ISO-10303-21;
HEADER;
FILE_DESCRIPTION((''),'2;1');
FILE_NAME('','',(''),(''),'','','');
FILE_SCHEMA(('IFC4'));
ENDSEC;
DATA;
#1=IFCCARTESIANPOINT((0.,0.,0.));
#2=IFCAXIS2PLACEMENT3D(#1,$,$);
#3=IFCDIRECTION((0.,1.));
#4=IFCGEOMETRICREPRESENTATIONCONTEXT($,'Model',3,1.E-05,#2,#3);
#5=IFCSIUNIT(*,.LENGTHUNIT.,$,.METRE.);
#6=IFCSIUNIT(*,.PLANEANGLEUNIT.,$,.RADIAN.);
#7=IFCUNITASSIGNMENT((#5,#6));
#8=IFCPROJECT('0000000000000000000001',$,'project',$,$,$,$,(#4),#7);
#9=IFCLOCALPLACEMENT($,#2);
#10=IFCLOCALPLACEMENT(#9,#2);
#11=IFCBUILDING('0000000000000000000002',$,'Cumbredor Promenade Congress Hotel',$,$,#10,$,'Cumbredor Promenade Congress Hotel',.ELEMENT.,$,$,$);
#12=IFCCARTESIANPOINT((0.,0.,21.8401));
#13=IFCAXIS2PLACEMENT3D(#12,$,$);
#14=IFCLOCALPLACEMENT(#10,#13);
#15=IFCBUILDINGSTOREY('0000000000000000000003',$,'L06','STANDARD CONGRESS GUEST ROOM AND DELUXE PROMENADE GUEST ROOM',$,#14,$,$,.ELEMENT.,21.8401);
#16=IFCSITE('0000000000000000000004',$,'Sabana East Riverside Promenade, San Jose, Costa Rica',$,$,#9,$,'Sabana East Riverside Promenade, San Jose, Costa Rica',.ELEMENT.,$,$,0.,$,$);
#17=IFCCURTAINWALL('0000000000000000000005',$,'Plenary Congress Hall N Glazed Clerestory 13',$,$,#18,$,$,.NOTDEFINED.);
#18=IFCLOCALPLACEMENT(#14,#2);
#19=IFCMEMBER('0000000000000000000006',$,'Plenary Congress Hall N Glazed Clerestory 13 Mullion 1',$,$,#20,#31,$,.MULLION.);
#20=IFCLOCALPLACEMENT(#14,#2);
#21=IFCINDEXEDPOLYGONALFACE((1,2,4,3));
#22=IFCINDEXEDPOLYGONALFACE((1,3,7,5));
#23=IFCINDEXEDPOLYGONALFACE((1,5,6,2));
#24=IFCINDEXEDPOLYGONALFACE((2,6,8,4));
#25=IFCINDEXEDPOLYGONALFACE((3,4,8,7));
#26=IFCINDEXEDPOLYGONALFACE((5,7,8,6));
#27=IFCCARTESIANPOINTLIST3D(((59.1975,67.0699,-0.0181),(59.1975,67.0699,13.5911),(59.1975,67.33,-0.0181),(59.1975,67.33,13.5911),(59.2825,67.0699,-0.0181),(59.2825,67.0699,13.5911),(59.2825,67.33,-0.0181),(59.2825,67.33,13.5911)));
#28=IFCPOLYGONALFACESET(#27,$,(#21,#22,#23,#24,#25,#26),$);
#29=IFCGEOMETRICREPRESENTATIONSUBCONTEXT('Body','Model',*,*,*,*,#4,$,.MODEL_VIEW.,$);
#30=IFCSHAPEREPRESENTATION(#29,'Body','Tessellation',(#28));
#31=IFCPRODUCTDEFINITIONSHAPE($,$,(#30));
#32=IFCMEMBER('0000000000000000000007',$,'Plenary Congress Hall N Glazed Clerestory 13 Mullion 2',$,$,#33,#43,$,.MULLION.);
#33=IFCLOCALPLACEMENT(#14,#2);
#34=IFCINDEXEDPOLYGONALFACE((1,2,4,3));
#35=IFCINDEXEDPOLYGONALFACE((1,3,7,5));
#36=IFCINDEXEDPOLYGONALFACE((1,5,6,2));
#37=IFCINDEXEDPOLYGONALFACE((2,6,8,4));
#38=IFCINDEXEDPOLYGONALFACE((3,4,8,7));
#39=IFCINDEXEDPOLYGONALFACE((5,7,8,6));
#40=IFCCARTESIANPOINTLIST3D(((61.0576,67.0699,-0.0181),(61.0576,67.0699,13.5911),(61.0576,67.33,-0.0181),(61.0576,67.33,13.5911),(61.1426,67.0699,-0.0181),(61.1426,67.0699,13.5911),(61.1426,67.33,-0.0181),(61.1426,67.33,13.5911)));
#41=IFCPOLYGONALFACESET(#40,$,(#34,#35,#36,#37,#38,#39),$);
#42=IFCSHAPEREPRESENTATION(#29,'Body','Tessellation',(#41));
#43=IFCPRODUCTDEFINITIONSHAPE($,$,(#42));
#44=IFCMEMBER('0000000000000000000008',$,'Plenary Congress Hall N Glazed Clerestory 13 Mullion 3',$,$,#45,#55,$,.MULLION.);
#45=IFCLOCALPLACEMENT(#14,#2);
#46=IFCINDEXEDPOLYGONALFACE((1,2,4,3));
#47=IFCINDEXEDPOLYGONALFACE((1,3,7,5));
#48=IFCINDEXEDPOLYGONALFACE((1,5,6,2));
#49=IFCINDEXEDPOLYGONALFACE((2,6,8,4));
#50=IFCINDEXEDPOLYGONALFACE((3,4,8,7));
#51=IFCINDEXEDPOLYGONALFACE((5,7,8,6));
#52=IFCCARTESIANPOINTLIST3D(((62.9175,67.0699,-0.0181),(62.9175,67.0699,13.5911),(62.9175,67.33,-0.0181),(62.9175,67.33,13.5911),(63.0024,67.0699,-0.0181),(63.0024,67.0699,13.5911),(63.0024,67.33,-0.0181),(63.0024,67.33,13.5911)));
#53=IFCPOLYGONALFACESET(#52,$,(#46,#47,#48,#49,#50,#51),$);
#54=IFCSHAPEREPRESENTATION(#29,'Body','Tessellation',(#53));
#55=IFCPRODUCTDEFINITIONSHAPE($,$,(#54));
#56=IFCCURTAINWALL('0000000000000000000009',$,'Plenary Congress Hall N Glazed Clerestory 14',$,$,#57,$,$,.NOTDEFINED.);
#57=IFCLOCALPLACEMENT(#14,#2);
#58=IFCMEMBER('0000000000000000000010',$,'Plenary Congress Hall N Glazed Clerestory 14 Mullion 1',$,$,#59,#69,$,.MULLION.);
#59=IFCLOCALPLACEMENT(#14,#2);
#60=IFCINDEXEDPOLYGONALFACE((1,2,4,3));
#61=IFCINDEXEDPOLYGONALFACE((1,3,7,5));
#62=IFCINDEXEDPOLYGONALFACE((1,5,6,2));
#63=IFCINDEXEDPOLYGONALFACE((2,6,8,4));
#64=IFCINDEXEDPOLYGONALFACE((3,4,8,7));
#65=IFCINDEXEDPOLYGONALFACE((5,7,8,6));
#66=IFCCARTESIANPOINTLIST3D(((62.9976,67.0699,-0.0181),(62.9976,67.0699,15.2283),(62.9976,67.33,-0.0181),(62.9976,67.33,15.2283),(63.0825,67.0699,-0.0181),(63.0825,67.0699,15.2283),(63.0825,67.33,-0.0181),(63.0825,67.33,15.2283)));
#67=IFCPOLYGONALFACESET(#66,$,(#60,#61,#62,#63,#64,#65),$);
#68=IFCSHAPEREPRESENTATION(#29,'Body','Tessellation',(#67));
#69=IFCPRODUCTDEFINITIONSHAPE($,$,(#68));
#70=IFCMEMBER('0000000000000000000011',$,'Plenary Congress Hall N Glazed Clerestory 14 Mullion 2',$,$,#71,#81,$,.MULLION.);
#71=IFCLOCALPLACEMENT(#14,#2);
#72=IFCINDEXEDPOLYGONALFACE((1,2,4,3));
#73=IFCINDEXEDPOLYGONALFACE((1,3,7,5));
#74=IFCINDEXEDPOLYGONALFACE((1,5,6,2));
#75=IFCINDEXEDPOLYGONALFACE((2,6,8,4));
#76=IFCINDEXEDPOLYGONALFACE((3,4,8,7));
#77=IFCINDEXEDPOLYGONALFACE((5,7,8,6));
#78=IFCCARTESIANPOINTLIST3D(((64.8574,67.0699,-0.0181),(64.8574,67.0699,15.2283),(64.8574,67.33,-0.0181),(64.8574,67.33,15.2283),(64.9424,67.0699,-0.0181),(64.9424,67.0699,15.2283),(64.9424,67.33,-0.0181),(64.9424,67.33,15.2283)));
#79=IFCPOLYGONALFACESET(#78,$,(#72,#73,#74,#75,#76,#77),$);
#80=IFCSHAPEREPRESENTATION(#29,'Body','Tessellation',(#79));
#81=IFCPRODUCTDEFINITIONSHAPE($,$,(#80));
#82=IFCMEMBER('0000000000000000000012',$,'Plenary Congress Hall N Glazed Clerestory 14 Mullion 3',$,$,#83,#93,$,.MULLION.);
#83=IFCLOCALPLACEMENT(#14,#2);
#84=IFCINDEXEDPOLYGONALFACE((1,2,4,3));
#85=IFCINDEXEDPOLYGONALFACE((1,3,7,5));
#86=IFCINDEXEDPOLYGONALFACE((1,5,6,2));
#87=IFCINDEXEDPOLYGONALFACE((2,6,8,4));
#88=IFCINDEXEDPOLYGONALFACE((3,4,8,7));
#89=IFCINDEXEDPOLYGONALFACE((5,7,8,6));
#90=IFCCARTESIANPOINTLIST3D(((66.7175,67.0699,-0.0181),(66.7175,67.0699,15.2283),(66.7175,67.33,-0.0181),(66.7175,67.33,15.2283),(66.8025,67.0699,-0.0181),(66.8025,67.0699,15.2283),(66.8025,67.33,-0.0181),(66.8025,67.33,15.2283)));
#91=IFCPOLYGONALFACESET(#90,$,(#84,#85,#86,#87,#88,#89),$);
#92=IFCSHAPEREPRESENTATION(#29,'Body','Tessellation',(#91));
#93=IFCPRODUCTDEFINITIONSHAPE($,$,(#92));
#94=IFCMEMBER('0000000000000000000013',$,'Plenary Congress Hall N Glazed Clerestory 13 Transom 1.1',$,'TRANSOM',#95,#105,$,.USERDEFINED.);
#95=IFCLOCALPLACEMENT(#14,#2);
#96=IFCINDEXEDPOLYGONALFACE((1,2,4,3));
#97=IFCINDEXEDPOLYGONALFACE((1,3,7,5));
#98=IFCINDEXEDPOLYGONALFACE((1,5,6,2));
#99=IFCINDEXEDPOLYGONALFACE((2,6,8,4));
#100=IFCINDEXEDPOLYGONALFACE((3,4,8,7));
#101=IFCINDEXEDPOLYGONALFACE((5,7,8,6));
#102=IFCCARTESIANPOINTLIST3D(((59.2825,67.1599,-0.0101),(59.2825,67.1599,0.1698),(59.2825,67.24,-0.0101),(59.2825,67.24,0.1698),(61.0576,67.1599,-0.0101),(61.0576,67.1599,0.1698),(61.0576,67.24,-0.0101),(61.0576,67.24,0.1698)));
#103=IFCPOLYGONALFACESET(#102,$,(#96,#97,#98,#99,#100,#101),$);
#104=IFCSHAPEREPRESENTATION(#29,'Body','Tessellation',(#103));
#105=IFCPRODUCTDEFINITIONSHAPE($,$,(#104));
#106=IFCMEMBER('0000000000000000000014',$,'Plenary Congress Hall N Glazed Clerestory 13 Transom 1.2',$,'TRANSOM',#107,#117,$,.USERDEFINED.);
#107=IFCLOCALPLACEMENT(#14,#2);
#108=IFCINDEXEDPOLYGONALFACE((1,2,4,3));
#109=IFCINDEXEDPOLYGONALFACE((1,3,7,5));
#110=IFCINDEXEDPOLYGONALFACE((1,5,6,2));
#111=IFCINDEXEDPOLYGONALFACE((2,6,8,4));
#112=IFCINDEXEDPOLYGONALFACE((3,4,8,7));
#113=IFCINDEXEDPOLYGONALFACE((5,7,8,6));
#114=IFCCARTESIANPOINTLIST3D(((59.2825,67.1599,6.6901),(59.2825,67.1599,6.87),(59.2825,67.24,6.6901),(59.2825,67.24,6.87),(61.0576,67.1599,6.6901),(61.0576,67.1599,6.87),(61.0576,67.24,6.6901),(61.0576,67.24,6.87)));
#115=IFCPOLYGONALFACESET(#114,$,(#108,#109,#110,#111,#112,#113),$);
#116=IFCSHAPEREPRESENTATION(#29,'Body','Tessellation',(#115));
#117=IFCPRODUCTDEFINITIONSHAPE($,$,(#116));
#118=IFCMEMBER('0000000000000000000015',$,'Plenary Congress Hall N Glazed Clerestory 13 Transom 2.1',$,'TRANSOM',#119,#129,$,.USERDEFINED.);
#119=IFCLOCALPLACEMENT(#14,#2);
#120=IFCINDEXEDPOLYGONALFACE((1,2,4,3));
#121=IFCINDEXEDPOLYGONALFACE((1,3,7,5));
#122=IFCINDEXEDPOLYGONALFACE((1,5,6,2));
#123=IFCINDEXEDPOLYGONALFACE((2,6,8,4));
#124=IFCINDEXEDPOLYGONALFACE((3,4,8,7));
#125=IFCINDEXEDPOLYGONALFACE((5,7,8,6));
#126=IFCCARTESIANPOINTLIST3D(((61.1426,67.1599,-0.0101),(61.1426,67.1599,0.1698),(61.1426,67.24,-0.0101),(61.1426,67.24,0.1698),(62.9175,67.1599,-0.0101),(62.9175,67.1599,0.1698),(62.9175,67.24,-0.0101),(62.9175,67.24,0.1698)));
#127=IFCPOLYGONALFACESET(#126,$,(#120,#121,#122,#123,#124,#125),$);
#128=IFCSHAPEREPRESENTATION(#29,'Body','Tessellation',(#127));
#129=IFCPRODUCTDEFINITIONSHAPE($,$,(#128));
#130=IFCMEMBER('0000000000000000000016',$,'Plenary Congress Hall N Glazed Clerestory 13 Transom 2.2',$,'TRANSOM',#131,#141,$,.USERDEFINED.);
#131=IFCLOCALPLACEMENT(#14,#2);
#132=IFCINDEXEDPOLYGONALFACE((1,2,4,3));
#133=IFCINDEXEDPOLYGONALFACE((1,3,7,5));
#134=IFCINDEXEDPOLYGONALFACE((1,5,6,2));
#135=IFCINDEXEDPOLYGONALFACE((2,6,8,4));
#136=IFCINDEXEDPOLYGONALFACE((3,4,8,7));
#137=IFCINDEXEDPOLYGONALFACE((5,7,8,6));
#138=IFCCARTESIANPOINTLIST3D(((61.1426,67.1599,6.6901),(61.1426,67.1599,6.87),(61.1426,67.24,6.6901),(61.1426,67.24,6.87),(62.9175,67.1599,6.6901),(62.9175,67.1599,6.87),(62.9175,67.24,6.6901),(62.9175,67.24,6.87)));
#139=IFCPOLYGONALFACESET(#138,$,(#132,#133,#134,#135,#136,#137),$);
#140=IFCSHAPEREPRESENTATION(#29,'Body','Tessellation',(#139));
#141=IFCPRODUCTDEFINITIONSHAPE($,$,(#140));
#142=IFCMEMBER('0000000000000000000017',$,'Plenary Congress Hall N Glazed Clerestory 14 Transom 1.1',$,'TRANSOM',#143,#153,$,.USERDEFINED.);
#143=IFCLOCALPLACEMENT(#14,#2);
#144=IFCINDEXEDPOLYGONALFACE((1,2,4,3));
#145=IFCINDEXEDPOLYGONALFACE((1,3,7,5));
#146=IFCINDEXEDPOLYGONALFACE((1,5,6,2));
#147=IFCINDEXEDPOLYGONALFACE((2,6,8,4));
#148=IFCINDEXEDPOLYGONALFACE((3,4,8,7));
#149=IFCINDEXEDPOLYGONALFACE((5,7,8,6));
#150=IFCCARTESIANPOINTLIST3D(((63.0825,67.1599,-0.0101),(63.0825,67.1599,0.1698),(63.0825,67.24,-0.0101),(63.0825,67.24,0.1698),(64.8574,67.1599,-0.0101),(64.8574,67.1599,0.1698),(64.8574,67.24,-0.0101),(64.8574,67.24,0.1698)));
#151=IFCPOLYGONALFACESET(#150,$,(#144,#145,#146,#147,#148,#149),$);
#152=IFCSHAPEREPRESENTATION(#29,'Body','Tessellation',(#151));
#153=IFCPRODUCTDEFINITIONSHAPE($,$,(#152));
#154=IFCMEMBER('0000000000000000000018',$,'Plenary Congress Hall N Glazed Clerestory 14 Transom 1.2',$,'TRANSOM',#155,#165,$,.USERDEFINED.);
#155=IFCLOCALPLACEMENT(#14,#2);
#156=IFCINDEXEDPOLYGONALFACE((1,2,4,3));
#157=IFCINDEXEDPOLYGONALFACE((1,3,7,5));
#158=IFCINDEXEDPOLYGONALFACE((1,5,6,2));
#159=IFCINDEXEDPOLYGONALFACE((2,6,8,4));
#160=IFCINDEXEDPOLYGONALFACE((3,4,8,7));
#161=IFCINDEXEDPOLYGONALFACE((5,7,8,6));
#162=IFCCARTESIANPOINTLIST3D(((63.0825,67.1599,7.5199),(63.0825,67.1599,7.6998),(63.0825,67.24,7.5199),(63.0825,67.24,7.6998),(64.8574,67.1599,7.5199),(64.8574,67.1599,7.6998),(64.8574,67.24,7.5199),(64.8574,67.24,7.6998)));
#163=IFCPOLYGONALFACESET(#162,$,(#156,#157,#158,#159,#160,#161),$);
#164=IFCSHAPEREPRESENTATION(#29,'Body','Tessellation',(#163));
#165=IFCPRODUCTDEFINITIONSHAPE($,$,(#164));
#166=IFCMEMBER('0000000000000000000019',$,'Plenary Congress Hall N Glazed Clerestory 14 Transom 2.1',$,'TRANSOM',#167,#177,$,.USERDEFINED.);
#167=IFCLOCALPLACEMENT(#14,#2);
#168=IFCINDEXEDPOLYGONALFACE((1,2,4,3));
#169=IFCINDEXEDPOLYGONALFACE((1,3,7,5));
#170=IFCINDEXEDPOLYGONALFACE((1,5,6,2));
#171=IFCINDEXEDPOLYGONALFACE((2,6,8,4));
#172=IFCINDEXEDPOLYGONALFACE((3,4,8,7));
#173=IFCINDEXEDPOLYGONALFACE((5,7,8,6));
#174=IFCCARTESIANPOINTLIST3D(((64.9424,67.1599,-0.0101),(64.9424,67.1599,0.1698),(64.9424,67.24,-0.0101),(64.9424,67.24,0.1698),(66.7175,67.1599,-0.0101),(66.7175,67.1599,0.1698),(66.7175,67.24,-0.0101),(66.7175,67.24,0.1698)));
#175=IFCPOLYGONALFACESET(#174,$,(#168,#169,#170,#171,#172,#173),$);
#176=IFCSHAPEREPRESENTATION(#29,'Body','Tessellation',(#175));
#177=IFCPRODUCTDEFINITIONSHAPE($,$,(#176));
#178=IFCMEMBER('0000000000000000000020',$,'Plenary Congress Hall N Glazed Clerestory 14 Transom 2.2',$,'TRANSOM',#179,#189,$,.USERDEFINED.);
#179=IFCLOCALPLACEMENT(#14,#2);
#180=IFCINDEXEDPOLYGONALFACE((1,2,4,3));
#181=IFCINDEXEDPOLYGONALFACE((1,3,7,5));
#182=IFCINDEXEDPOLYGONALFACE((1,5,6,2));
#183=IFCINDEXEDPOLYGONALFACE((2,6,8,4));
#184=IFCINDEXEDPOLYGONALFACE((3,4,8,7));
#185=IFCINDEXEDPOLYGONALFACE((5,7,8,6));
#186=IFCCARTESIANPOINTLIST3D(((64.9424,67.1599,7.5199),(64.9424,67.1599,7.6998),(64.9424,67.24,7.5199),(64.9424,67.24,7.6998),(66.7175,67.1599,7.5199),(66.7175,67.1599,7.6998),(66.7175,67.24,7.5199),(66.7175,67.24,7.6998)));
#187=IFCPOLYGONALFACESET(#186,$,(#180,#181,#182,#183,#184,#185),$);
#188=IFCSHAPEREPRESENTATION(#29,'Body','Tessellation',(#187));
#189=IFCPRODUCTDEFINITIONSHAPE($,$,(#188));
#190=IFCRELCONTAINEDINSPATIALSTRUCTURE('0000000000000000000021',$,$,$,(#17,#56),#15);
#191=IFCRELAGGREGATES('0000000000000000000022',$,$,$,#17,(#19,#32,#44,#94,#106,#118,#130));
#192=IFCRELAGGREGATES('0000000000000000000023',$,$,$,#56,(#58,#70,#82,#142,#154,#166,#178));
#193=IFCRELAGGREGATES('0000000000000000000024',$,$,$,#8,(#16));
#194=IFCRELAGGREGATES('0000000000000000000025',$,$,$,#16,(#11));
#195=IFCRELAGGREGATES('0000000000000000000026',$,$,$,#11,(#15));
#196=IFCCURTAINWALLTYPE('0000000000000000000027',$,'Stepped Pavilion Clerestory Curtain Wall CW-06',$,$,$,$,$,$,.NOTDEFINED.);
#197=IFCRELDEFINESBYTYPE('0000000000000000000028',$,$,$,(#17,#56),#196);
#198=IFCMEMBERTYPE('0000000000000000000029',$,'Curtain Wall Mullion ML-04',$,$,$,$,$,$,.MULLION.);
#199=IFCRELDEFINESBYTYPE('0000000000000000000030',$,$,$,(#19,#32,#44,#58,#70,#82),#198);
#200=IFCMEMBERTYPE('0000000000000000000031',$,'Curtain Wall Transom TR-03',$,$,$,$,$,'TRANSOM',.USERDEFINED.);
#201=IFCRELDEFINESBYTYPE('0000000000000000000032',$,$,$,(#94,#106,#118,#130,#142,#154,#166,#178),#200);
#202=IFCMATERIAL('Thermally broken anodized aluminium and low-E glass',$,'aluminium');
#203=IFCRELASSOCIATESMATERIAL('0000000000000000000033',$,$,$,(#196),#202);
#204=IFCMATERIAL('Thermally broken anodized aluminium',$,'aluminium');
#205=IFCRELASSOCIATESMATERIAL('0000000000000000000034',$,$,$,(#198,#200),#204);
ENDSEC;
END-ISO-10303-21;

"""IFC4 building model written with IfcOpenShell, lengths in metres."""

from ifc_helpers import new_model, si_unit, direction, frame, origin, origin_2d, place, context, subcontext, project, spatial, rectangle, extrude, material, material_profile, profile_set, type_object, element, aggregate, save


model = new_model("IFC4")

# Units and contexts
model_context = context("Model", 3, precision=1e-05, world=origin(), true_north=direction((0.0, 1.0)))
body_context = subcontext(model_context, "Body", "Model", "MODEL_VIEW")
ifc_project = project(units=[si_unit("LENGTHUNIT", "METRE"), si_unit("PLANEANGLEUNIT", "RADIAN")], contexts=[model_context])

# Site, building, storey
site_placement = place(None, origin())
site = spatial("IfcSite", under=ifc_project, at=site_placement, Name="Sabana East Riverside Promenade, San Jose, Costa Rica", LongName="Sabana East Riverside Promenade, San Jose, Costa Rica", CompositionType="ELEMENT", RefElevation=0.0)
building_placement = place(site_placement, origin())
building = spatial("IfcBuilding", under=site, at=building_placement, Name="Cumbredor Promenade Congress Hotel", LongName="Cumbredor Promenade Congress Hotel", CompositionType="ELEMENT")
storey_placement = place(building_placement, frame((0.0, 0.0, 21.8401)))
storey = spatial("IfcBuildingStorey", under=building, at=storey_placement, Name="L06", Description="STANDARD CONGRESS GUEST ROOM AND DELUXE PROMENADE GUEST ROOM", CompositionType="ELEMENT", Elevation=21.8401)

# Curtain walls, members
ifc_material_1 = material(Name="Thermally broken anodized aluminium and low-E glass", Category="aluminium")
curtain_wall_type = type_object("IfcCurtainWallType", Name="Stepped Pavilion Clerestory Curtain Wall CW-06", PredefinedType="NOTDEFINED", material=ifc_material_1)
curtain_wall_1_placement = place(storey_placement, origin())
curtain_wall_1 = element("IfcCurtainWall", 1, at=curtain_wall_1_placement, inside=storey, type_object=curtain_wall_type, Name="Plenary Congress Hall N Glazed Clerestory 13", PredefinedType="NOTDEFINED")
ifc_material_2 = material(Name="Thermally broken anodized aluminium", Category="aluminium")
ifc_material_profile_1 = material_profile(ifc_material_2, rectangle(XDim=0.085, YDim=0.26, at=origin_2d()), Name="ALU MULLION CLERESTORY 85x260")
ifc_profile_set_1 = profile_set([ifc_material_profile_1], Name="Thermally broken anodized aluminium")
member_type_1 = type_object("IfcMemberType", Name="Curtain Wall Mullion ML-04", PredefinedType="MULLION", material=ifc_profile_set_1)
member_1_placement = place(storey_placement, frame((59.24, 67.2, -0.0181), z_axis=(0.0, 0.0, 1.0), x_axis=(1.0, 0.0, 0.0)))
member_1 = element("IfcMember", 2, at=member_1_placement, type_object=member_type_1, Name="Plenary Congress Hall N Glazed Clerestory 13 Mullion 1", PredefinedType="MULLION", context=body_context, shape_type="SweptSolid", body=[
    extrude(rectangle(XDim=0.085, YDim=0.26, at=origin_2d()), origin(), (0.0, 0.0, 1.0), 13.6091),
])
member_2_placement = place(storey_placement, frame((61.1001, 67.2, -0.0181), z_axis=(0.0, 0.0, 1.0), x_axis=(1.0, 0.0, 0.0)))
member_2 = element("IfcMember", 3, at=member_2_placement, type_object=member_type_1, Name="Plenary Congress Hall N Glazed Clerestory 13 Mullion 2", PredefinedType="MULLION", context=body_context, shape_type="SweptSolid", body=[
    extrude(rectangle(XDim=0.085, YDim=0.26, at=origin_2d()), origin(), (0.0, 0.0, 1.0), 13.6091),
])
member_3_placement = place(storey_placement, frame((62.96, 67.2, -0.0181), z_axis=(0.0, 0.0, 1.0), x_axis=(1.0, 0.0, 0.0)))
member_3 = element("IfcMember", 4, at=member_3_placement, type_object=member_type_1, Name="Plenary Congress Hall N Glazed Clerestory 13 Mullion 3", PredefinedType="MULLION", context=body_context, shape_type="SweptSolid", body=[
    extrude(rectangle(XDim=0.085, YDim=0.26, at=origin_2d()), origin(), (0.0, 0.0, 1.0), 13.6091),
])
curtain_wall_2_placement = place(storey_placement, origin())
curtain_wall_2 = element("IfcCurtainWall", 5, at=curtain_wall_2_placement, inside=storey, type_object=curtain_wall_type, Name="Plenary Congress Hall N Glazed Clerestory 14", PredefinedType="NOTDEFINED")
member_4_placement = place(storey_placement, frame((63.04, 67.2, -0.0181), z_axis=(0.0, 0.0, 1.0), x_axis=(1.0, 0.0, 0.0)))
member_4 = element("IfcMember", 6, at=member_4_placement, type_object=member_type_1, Name="Plenary Congress Hall N Glazed Clerestory 14 Mullion 1", PredefinedType="MULLION", context=body_context, shape_type="SweptSolid", body=[
    extrude(rectangle(XDim=0.085, YDim=0.26, at=origin_2d()), origin(), (0.0, 0.0, 1.0), 15.2463),
])
member_5_placement = place(storey_placement, frame((64.8999, 67.2, -0.0181), z_axis=(0.0, 0.0, 1.0), x_axis=(1.0, 0.0, 0.0)))
member_5 = element("IfcMember", 7, at=member_5_placement, type_object=member_type_1, Name="Plenary Congress Hall N Glazed Clerestory 14 Mullion 2", PredefinedType="MULLION", context=body_context, shape_type="SweptSolid", body=[
    extrude(rectangle(XDim=0.085, YDim=0.26, at=origin_2d()), origin(), (0.0, 0.0, 1.0), 15.2463),
])
member_6_placement = place(storey_placement, frame((66.76, 67.2, -0.0181), z_axis=(0.0, 0.0, 1.0), x_axis=(1.0, 0.0, 0.0)))
member_6 = element("IfcMember", 8, at=member_6_placement, type_object=member_type_1, Name="Plenary Congress Hall N Glazed Clerestory 14 Mullion 3", PredefinedType="MULLION", context=body_context, shape_type="SweptSolid", body=[
    extrude(rectangle(XDim=0.085, YDim=0.26, at=origin_2d()), origin(), (0.0, 0.0, 1.0), 15.2463),
])

# Members
ifc_material_profile_2 = material_profile(ifc_material_2, rectangle(XDim=0.0801, YDim=0.1799, at=origin_2d()), Name="ALU TRANSOM 80x180")
ifc_profile_set_2 = profile_set([ifc_material_profile_2], Name="Thermally broken anodized aluminium")
member_type_2 = type_object("IfcMemberType", Name="Curtain Wall Transom TR-03", ElementType="TRANSOM", PredefinedType="USERDEFINED", material=ifc_profile_set_2)
member_7_placement = place(storey_placement, frame((59.2825, 67.2, 0.0798), z_axis=(1.0, 0.0, 0.0), x_axis=(0.0, 1.0, 0.0)))
member_7 = element("IfcMember", 9, at=member_7_placement, type_object=member_type_2, Name="Plenary Congress Hall N Glazed Clerestory 13 Transom 1.1", ObjectType="TRANSOM", PredefinedType="USERDEFINED", context=body_context, shape_type="SweptSolid", body=[
    extrude(rectangle(XDim=0.0801, YDim=0.1799, at=origin_2d()), origin(), (0.0, 0.0, 1.0), 1.7751),
])
member_8_placement = place(storey_placement, frame((59.2825, 67.2, 6.78), z_axis=(1.0, 0.0, 0.0), x_axis=(0.0, 1.0, 0.0)))
member_8 = element("IfcMember", 10, at=member_8_placement, type_object=member_type_2, Name="Plenary Congress Hall N Glazed Clerestory 13 Transom 1.2", ObjectType="TRANSOM", PredefinedType="USERDEFINED", context=body_context, shape_type="SweptSolid", body=[
    extrude(rectangle(XDim=0.0801, YDim=0.1799, at=origin_2d()), origin(), (0.0, 0.0, 1.0), 1.7751),
])
member_9_placement = place(storey_placement, frame((61.1426, 67.2, 0.0798), z_axis=(1.0, 0.0, 0.0), x_axis=(0.0, 1.0, 0.0)))
member_9 = element("IfcMember", 11, at=member_9_placement, type_object=member_type_2, Name="Plenary Congress Hall N Glazed Clerestory 13 Transom 2.1", ObjectType="TRANSOM", PredefinedType="USERDEFINED", context=body_context, shape_type="SweptSolid", body=[
    extrude(rectangle(XDim=0.0801, YDim=0.1799, at=origin_2d()), origin(), (0.0, 0.0, 1.0), 1.7749),
])
member_10_placement = place(storey_placement, frame((61.1426, 67.2, 6.78), z_axis=(1.0, 0.0, 0.0), x_axis=(0.0, 1.0, 0.0)))
member_10 = element("IfcMember", 12, at=member_10_placement, type_object=member_type_2, Name="Plenary Congress Hall N Glazed Clerestory 13 Transom 2.2", ObjectType="TRANSOM", PredefinedType="USERDEFINED", context=body_context, shape_type="SweptSolid", body=[
    extrude(rectangle(XDim=0.0801, YDim=0.1799, at=origin_2d()), origin(), (0.0, 0.0, 1.0), 1.7749),
])
member_11_placement = place(storey_placement, frame((63.0825, 67.2, 0.0798), z_axis=(1.0, 0.0, 0.0), x_axis=(0.0, 1.0, 0.0)))
member_11 = element("IfcMember", 13, at=member_11_placement, type_object=member_type_2, Name="Plenary Congress Hall N Glazed Clerestory 14 Transom 1.1", ObjectType="TRANSOM", PredefinedType="USERDEFINED", context=body_context, shape_type="SweptSolid", body=[
    extrude(rectangle(XDim=0.0801, YDim=0.1799, at=origin_2d()), origin(), (0.0, 0.0, 1.0), 1.7749),
])
member_12_placement = place(storey_placement, frame((63.0825, 67.2, 7.6099), z_axis=(1.0, 0.0, 0.0), x_axis=(0.0, 1.0, 0.0)))
member_12 = element("IfcMember", 14, at=member_12_placement, type_object=member_type_2, Name="Plenary Congress Hall N Glazed Clerestory 14 Transom 1.2", ObjectType="TRANSOM", PredefinedType="USERDEFINED", context=body_context, shape_type="SweptSolid", body=[
    extrude(rectangle(XDim=0.0801, YDim=0.1799, at=origin_2d()), origin(), (0.0, 0.0, 1.0), 1.7749),
])
member_13_placement = place(storey_placement, frame((64.9424, 67.2, 0.0798), z_axis=(1.0, 0.0, 0.0), x_axis=(0.0, 1.0, 0.0)))
member_13 = element("IfcMember", 15, at=member_13_placement, type_object=member_type_2, Name="Plenary Congress Hall N Glazed Clerestory 14 Transom 2.1", ObjectType="TRANSOM", PredefinedType="USERDEFINED", context=body_context, shape_type="SweptSolid", body=[
    extrude(rectangle(XDim=0.0801, YDim=0.1799, at=origin_2d()), origin(), (0.0, 0.0, 1.0), 1.7751),
])
member_14_placement = place(storey_placement, frame((64.9424, 67.2, 7.6099), z_axis=(1.0, 0.0, 0.0), x_axis=(0.0, 1.0, 0.0)))
member_14 = element("IfcMember", 16, at=member_14_placement, type_object=member_type_2, Name="Plenary Congress Hall N Glazed Clerestory 14 Transom 2.2", ObjectType="TRANSOM", PredefinedType="USERDEFINED", context=body_context, shape_type="SweptSolid", body=[
    extrude(rectangle(XDim=0.0801, YDim=0.1799, at=origin_2d()), origin(), (0.0, 0.0, 1.0), 1.7751),
])

aggregate(curtain_wall_1, [member_1, member_2, member_3, member_7, member_8, member_9, member_10])
aggregate(curtain_wall_2, [member_4, member_5, member_6, member_11, member_12, member_13, member_14])

save(model, "model.ifc")
